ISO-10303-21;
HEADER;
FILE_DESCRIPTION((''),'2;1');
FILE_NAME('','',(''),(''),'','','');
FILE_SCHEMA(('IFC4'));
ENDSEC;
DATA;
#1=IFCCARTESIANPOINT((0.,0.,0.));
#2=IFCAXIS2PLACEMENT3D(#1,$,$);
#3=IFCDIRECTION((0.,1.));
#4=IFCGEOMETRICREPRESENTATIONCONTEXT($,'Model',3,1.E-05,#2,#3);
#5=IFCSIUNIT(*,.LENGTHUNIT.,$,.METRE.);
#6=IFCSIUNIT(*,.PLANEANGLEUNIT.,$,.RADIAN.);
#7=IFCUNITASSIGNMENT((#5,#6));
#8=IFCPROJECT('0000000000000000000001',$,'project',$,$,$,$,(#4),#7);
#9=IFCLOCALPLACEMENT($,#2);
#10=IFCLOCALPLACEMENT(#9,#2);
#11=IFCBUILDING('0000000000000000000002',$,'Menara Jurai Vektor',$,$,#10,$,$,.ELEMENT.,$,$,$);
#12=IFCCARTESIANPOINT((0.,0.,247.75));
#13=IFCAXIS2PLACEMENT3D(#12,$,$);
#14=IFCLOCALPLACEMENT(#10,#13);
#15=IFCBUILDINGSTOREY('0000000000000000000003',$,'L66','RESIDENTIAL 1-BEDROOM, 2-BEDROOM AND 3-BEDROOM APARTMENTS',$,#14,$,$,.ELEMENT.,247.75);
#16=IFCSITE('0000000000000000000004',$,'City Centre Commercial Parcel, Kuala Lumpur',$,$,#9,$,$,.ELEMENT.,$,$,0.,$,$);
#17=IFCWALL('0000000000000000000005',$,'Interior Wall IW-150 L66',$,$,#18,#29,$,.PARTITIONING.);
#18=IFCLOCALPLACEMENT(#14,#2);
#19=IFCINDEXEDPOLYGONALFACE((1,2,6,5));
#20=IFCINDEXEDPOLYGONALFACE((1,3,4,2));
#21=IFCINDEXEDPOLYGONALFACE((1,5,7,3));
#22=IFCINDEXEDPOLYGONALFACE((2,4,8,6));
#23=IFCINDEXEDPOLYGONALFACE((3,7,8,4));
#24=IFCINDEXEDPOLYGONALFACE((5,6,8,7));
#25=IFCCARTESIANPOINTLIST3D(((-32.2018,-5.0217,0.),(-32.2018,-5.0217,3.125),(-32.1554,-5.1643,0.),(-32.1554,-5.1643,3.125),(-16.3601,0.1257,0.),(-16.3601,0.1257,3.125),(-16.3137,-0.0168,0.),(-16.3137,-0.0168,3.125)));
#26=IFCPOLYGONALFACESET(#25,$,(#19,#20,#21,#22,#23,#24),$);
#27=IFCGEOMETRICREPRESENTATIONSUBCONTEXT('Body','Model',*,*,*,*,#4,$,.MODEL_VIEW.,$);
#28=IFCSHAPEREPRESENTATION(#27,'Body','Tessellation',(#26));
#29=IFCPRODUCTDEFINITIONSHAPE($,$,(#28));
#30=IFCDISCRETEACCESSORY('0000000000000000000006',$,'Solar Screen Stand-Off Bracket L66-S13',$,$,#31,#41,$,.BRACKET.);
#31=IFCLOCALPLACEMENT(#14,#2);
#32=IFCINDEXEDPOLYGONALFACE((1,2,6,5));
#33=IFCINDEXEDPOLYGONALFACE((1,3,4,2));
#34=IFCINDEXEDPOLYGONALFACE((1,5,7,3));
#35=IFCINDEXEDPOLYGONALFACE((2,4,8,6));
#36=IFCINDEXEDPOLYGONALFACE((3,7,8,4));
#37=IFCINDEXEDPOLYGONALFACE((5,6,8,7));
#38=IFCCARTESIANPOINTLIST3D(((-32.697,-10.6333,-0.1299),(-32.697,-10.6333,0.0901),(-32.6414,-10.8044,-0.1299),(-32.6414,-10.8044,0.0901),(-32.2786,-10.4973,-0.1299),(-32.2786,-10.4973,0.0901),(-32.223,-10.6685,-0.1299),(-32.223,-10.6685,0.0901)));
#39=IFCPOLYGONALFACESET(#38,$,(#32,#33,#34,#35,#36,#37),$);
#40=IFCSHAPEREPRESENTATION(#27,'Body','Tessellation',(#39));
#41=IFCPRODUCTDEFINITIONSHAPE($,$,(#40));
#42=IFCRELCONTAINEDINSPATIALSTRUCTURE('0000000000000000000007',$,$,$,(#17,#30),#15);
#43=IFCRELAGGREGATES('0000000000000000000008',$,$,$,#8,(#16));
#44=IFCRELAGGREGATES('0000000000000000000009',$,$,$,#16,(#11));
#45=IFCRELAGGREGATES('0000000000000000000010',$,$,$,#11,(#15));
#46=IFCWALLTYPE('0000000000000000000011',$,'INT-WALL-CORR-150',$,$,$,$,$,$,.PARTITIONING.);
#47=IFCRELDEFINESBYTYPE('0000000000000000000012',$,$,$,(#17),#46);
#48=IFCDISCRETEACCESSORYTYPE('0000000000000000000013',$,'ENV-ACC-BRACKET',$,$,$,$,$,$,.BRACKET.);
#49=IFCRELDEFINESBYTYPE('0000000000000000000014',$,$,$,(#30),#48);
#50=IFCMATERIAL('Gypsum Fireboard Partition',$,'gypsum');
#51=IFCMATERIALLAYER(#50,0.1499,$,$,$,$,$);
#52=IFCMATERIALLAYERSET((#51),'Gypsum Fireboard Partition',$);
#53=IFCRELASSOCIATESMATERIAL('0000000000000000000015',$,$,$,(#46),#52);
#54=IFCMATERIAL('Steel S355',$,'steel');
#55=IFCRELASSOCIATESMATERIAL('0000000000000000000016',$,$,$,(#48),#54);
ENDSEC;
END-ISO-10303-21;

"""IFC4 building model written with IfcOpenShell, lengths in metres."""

from ifc_helpers import new_model, si_unit, direction, frame, frame_2d, origin, origin_2d, place, context, subcontext, project, spatial, rectangle, extrude, material, layer, layer_set, type_object, element, save


model = new_model("IFC4")

# Units and contexts
model_context = context("Model", 3, precision=1e-05, world=origin(), true_north=direction((0.0, 1.0)))
body_context = subcontext(model_context, "Body", "Model", "MODEL_VIEW")
ifc_project = project(units=[si_unit("LENGTHUNIT", "METRE"), si_unit("PLANEANGLEUNIT", "RADIAN")], contexts=[model_context])

# Site, building, storey
site_placement = place(None, origin())
site = spatial("IfcSite", under=ifc_project, at=site_placement, Name="City Centre Commercial Parcel, Kuala Lumpur", CompositionType="ELEMENT", RefElevation=0.0)
building_placement = place(site_placement, origin())
building = spatial("IfcBuilding", under=site, at=building_placement, Name="Menara Jurai Vektor", CompositionType="ELEMENT")
storey_placement = place(building_placement, frame((0.0, 0.0, 247.75)))
storey = spatial("IfcBuildingStorey", under=building, at=storey_placement, Name="L66", Description="RESIDENTIAL 1-BEDROOM, 2-BEDROOM AND 3-BEDROOM APARTMENTS", CompositionType="ELEMENT", Elevation=247.75)

# Shared definitions
ifc_material_1 = material(Name="Steel S355", Category="steel")

# Shared definitions
ifc_material_2 = material(Name="Gypsum Fireboard Partition", Category="gypsum")
ifc_layer_1 = layer(ifc_material_2, 0.1499)
ifc_layer_set_1 = layer_set([ifc_layer_1], Name="Gypsum Fireboard Partition")
wall_type = type_object("IfcWallType", Name="INT-WALL-CORR-150", PredefinedType="PARTITIONING", material=ifc_layer_set_1)

# Wall
for number, where, z_axis, x_axis, name in (
    (1, (-32.1787, -5.093, 0.0), (0.0, 0.0, 1.0), (0.951054, 0.309025, 0.0), "Interior Wall IW-150 L66"),
):
    element("IfcWall", number, at=place(storey_placement, frame(where, z_axis=z_axis, x_axis=x_axis)), inside=storey, type_object=wall_type, Name=name, PredefinedType="PARTITIONING", context=body_context, shape_type="SweptSolid", body=[
        extrude(rectangle(XDim=16.657, YDim=0.1499, at=frame_2d((8.3286, 0.0))), origin(), (0.0, 0.0, 1.0), 3.125),
    ])

# Discrete accessory
discrete_accessory_type = type_object("IfcDiscreteAccessoryType", Name="ENV-ACC-BRACKET", PredefinedType="BRACKET", material=ifc_material_1)
discrete_accessory_placement = place(storey_placement, frame((-32.46, -10.6509, -0.1299), z_axis=(0.0, 0.0, 1.0), x_axis=(0.309017, -0.951057, 0.0)))
element("IfcDiscreteAccessory", 2, at=discrete_accessory_placement, inside=storey, type_object=discrete_accessory_type, Name="Solar Screen Stand-Off Bracket L66-S13", PredefinedType="BRACKET", context=body_context, shape_type="SweptSolid", body=[
    extrude(rectangle(XDim=0.1799, YDim=0.4399, at=origin_2d()), origin(), (0.0, 0.0, 1.0), 0.22),
])

save(model, "model.ifc")
